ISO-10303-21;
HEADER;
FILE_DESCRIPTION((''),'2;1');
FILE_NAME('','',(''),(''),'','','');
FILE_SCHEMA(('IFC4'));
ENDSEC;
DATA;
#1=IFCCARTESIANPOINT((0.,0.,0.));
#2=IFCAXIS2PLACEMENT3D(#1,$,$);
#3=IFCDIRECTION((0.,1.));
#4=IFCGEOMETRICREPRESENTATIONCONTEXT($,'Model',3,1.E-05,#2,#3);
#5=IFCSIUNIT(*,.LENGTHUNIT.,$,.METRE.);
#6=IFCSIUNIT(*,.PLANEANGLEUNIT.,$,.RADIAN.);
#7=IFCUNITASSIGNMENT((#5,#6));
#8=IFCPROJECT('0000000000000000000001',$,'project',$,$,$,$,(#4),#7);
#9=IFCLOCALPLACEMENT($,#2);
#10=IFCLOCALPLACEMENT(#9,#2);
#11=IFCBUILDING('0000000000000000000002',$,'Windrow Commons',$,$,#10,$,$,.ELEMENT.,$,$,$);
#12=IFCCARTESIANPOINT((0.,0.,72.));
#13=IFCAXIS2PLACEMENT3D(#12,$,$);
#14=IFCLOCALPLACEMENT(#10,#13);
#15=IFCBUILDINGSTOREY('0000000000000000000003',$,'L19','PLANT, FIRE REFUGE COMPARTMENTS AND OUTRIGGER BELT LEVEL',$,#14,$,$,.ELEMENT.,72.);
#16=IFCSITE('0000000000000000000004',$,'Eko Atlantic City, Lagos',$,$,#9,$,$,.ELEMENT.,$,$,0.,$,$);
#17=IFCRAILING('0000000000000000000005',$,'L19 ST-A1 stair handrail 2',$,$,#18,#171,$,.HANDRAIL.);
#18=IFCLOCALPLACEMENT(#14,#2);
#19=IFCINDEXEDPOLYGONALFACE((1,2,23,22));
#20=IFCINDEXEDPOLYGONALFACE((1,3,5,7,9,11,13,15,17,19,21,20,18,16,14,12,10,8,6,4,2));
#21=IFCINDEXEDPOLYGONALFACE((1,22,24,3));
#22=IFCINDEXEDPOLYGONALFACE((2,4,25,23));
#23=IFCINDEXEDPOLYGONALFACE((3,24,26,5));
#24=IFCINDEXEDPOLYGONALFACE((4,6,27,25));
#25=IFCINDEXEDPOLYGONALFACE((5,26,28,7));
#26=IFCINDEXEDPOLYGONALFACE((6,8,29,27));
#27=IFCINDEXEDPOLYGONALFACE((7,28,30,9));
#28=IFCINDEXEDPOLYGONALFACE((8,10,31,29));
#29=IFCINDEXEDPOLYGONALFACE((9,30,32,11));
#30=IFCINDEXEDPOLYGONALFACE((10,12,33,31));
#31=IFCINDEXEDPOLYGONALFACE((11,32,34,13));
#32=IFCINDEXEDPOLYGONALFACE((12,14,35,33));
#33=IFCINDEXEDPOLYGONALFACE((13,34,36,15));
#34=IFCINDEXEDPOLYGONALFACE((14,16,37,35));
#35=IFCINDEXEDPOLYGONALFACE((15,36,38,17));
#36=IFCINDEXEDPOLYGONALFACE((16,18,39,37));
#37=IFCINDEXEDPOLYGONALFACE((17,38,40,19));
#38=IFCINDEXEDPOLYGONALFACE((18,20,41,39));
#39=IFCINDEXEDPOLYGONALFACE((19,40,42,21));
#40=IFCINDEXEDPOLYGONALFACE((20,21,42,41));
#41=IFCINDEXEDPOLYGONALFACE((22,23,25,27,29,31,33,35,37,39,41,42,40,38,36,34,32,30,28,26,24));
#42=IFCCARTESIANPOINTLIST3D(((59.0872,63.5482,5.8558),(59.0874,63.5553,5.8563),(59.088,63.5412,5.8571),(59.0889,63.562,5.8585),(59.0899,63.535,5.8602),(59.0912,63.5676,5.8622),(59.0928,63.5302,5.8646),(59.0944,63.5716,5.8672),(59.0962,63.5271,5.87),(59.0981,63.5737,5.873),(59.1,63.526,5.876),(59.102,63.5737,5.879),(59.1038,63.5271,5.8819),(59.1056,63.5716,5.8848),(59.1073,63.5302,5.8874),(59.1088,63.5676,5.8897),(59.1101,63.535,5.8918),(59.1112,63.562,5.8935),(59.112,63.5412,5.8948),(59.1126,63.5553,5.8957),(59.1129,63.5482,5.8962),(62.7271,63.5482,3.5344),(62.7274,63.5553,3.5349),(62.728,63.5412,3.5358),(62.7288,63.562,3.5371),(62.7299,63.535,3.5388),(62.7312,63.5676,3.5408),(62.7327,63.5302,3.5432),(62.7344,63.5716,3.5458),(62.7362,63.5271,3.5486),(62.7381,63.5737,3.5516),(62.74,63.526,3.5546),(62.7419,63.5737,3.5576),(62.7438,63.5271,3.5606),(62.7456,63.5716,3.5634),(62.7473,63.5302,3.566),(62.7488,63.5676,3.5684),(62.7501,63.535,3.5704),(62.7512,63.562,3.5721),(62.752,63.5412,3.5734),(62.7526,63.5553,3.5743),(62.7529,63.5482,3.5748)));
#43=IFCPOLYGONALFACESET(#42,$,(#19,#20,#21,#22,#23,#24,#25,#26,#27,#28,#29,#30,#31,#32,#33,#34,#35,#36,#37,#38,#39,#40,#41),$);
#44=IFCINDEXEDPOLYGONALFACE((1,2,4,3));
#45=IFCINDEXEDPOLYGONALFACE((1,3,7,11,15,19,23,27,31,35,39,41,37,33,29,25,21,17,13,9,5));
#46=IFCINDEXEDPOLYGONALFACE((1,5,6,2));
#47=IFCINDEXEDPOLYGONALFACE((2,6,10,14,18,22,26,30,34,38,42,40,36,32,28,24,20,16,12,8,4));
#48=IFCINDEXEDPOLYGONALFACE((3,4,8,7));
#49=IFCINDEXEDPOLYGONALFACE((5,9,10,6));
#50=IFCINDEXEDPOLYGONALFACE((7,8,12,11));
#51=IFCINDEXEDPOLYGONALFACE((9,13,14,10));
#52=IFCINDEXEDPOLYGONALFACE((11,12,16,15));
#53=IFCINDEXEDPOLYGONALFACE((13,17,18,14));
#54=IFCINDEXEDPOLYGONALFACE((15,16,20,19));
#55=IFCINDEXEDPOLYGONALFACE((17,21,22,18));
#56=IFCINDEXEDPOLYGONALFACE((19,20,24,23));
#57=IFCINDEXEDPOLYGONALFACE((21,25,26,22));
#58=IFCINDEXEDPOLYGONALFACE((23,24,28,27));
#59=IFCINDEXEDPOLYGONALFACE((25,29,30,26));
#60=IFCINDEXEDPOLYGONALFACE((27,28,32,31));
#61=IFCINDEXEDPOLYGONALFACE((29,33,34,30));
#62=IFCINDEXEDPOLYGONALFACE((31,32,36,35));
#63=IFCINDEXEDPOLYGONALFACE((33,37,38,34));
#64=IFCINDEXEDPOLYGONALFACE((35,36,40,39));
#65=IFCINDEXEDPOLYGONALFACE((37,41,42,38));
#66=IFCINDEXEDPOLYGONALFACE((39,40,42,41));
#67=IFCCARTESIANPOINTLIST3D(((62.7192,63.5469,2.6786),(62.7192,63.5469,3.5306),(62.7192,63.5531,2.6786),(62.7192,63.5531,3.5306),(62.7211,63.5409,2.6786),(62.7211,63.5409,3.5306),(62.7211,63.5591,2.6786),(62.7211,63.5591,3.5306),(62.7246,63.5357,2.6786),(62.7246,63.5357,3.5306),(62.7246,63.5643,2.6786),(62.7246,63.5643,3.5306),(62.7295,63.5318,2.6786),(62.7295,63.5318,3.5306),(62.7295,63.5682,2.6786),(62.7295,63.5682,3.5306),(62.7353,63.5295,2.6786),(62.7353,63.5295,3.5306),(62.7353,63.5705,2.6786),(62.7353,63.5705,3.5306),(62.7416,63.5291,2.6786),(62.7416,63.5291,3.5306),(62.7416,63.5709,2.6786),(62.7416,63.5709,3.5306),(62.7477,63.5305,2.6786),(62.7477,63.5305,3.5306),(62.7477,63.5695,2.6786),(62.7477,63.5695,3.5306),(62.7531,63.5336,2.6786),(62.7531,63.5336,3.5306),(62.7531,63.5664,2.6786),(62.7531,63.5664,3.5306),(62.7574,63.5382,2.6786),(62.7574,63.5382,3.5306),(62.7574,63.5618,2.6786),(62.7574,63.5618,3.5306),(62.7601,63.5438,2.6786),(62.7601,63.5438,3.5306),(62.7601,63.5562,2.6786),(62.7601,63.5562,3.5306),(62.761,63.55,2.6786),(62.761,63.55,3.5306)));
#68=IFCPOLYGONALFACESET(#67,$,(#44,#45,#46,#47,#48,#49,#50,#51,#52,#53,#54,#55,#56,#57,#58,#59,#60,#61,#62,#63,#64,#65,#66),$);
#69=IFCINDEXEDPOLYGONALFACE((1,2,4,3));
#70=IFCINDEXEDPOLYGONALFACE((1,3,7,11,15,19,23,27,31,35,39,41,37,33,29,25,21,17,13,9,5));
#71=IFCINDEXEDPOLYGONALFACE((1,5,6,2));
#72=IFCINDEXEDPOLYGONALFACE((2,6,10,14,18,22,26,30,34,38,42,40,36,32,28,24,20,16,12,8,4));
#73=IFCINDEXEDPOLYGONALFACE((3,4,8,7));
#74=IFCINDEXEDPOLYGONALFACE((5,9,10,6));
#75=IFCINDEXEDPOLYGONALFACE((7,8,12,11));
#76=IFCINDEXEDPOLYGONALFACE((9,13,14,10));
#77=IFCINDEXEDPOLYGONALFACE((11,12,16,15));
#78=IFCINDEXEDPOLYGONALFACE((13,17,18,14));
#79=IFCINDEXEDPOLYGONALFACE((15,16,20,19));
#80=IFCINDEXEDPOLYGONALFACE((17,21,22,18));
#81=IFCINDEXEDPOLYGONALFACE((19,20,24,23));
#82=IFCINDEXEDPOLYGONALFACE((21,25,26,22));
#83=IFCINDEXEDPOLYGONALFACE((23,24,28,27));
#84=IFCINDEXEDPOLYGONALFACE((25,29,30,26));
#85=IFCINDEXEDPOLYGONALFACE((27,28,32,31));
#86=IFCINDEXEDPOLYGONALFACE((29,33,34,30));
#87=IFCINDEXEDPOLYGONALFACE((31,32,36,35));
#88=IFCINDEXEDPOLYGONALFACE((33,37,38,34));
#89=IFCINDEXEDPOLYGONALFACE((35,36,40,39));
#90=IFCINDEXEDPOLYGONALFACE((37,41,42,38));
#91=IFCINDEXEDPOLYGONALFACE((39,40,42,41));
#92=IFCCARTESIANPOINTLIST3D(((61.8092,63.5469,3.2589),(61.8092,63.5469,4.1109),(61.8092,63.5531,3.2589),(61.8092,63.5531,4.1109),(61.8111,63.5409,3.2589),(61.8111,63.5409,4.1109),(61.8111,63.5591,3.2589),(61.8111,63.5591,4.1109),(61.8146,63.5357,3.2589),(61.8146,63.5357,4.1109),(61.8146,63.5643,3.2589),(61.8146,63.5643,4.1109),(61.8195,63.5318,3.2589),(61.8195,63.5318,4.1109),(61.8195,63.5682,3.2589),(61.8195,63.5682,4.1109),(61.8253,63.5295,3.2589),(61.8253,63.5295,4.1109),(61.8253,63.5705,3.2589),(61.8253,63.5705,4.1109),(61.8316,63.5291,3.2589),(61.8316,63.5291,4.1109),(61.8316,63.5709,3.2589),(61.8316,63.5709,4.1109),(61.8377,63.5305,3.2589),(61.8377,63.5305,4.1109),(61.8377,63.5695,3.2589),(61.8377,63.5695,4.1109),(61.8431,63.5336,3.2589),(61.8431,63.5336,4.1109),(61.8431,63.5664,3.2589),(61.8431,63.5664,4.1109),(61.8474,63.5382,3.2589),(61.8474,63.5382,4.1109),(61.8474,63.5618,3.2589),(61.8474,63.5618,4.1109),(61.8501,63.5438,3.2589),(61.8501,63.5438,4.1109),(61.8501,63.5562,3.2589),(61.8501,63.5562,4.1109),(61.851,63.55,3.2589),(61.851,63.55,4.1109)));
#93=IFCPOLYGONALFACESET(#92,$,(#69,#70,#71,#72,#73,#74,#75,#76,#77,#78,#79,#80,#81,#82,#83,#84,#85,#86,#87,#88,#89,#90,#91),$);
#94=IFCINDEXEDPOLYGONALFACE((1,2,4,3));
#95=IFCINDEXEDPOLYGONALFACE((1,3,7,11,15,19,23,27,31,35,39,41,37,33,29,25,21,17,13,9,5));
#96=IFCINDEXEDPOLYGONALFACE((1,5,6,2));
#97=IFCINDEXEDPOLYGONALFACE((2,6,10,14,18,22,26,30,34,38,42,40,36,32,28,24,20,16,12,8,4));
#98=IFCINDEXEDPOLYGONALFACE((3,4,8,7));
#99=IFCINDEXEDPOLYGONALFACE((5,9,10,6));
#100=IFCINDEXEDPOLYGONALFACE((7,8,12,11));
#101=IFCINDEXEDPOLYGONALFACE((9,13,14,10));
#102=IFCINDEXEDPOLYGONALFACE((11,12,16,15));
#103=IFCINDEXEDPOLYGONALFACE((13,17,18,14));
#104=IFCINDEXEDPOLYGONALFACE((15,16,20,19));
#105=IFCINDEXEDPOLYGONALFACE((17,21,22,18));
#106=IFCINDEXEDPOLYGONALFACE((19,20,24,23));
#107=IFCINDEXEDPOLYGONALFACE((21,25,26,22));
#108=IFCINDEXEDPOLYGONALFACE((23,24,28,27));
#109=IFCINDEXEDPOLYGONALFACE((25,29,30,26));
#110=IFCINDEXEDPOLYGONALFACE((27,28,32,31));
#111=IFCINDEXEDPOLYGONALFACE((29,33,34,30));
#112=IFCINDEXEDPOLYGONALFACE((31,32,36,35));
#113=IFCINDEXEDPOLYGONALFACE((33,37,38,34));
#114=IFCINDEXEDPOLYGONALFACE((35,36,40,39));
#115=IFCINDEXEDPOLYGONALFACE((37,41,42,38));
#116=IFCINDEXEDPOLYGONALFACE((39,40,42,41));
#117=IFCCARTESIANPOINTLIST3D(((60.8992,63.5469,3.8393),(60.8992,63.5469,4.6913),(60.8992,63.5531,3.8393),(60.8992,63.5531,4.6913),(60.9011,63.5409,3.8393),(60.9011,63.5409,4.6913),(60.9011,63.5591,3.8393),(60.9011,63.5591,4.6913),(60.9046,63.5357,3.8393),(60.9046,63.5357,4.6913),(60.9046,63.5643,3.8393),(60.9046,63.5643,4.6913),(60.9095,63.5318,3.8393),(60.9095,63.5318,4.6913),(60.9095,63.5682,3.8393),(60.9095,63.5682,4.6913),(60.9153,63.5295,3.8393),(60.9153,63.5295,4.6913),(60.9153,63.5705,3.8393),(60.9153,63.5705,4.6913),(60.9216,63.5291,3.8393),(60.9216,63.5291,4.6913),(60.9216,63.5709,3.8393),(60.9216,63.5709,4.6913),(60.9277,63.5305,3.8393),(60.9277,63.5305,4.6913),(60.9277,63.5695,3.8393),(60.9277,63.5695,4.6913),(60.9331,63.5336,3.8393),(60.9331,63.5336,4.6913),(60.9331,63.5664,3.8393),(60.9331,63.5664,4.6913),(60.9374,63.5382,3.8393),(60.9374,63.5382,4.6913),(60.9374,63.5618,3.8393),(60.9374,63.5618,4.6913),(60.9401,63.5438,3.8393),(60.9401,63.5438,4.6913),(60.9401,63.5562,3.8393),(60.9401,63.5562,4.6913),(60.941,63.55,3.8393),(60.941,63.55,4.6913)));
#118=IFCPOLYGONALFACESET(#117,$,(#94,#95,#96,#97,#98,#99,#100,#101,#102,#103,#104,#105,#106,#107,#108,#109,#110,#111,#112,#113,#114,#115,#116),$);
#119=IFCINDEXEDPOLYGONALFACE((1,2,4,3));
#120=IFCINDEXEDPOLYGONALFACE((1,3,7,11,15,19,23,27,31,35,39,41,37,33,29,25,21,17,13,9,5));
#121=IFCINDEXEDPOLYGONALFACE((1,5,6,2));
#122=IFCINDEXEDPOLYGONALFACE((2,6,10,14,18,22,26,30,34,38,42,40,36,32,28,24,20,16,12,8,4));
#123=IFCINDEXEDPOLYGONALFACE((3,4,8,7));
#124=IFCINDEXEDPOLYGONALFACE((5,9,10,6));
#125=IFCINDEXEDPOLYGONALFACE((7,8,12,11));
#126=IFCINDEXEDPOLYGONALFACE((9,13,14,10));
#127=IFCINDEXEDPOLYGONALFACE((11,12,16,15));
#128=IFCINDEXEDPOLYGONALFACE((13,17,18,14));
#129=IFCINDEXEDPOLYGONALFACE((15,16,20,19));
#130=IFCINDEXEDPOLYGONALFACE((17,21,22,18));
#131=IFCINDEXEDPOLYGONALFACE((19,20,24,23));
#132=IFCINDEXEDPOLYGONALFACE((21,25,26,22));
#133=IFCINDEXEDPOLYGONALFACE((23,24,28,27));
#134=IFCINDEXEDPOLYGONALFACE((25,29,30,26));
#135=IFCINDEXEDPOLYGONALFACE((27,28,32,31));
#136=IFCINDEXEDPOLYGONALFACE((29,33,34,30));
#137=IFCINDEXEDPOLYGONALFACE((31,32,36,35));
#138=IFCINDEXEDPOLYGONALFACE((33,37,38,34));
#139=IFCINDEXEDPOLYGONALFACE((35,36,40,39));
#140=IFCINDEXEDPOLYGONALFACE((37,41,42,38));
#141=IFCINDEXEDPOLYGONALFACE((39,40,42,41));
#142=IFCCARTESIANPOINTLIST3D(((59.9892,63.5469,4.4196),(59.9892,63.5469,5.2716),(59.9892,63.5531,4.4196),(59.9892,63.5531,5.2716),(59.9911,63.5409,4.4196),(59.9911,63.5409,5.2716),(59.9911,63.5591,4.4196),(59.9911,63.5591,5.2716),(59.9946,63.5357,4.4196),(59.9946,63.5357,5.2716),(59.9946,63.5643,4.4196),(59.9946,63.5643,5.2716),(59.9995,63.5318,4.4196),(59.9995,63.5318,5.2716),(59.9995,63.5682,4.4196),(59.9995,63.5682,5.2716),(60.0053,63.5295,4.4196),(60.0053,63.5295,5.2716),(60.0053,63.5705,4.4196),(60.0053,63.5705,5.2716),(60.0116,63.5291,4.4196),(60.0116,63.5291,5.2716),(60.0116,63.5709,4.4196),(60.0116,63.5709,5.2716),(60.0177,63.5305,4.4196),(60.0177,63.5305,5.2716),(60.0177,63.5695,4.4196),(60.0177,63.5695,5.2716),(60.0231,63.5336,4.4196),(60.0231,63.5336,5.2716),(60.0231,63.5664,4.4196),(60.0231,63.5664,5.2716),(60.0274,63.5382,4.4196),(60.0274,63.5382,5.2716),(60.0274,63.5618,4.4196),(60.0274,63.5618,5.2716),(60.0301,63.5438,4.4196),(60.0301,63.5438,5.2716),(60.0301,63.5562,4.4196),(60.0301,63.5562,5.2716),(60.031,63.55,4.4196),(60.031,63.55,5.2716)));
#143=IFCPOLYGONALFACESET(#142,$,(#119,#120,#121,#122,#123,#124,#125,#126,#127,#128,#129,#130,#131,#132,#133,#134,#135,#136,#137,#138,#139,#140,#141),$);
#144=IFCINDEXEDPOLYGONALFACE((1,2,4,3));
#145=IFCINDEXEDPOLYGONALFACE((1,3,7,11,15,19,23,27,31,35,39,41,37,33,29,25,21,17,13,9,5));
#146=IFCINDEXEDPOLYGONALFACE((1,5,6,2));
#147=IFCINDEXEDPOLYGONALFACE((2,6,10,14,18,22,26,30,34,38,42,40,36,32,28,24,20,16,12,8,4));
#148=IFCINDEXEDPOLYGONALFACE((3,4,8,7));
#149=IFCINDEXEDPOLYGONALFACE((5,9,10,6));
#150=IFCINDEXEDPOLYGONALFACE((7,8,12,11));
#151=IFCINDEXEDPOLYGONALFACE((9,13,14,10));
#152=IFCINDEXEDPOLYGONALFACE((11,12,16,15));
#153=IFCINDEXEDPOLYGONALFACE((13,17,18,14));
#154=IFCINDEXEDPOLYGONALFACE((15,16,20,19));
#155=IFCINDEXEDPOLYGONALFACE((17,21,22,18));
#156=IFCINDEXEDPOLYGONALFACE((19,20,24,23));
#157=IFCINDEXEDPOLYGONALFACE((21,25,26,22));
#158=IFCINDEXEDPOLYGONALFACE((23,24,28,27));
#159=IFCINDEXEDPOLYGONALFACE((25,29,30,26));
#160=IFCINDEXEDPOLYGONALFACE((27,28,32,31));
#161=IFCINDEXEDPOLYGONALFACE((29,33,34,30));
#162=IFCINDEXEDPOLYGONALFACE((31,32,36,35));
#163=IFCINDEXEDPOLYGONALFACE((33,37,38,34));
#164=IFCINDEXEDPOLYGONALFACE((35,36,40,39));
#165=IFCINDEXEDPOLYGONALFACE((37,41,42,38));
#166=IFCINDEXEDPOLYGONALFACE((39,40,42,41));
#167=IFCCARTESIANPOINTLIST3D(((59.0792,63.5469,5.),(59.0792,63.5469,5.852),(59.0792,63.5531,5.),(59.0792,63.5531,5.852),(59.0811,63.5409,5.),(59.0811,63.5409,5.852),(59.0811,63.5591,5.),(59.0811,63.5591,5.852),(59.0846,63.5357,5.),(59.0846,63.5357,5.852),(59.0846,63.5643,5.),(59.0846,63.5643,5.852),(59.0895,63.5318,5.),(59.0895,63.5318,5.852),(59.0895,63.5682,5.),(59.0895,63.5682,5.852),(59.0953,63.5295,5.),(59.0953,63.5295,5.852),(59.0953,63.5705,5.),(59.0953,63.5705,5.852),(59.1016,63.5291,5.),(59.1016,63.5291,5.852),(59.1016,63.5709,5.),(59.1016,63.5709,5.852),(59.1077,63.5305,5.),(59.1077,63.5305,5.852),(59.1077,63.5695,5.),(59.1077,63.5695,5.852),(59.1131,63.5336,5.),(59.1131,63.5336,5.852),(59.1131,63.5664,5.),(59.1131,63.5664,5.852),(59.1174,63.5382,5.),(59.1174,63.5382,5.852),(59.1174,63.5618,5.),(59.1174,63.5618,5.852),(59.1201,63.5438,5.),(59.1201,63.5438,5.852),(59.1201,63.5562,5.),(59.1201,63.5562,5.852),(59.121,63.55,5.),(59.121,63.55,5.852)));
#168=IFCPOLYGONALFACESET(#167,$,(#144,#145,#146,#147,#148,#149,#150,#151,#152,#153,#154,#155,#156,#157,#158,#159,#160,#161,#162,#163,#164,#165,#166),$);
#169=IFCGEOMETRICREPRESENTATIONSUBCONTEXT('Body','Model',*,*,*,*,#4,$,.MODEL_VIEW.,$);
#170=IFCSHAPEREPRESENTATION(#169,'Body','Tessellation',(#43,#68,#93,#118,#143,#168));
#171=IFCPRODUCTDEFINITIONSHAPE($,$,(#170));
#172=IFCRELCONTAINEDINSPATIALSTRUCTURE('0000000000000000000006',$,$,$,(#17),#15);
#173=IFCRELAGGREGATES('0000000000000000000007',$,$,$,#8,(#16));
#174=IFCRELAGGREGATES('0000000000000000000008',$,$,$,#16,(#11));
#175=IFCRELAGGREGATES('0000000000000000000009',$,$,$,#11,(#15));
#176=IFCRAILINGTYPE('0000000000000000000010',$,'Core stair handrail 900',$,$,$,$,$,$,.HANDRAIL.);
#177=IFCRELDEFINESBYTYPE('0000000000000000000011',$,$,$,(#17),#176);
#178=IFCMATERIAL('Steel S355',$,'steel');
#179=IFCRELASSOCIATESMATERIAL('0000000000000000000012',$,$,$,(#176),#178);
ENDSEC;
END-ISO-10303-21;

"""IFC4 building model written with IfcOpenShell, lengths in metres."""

from ifc_helpers import new_model, si_unit, direction, frame, origin, origin_2d, place, context, subcontext, project, spatial, circle, extrude, material, type_object, element, save


model = new_model("IFC4")

# Units and contexts
model_context = context("Model", 3, precision=1e-05, world=origin(), true_north=direction((0.0, 1.0)))
body_context = subcontext(model_context, "Body", "Model", "MODEL_VIEW")
ifc_project = project(units=[si_unit("LENGTHUNIT", "METRE"), si_unit("PLANEANGLEUNIT", "RADIAN")], contexts=[model_context])

# Site, building, storey
site_placement = place(None, origin())
site = spatial("IfcSite", under=ifc_project, at=site_placement, Name="Eko Atlantic City, Lagos", CompositionType="ELEMENT", RefElevation=0.0)
building_placement = place(site_placement, origin())
building = spatial("IfcBuilding", under=site, at=building_placement, Name="Windrow Commons", CompositionType="ELEMENT")
storey_placement = place(building_placement, frame((0.0, 0.0, 72.0)))
storey = spatial("IfcBuildingStorey", under=building, at=storey_placement, Name="L19", Description="PLANT, FIRE REFUGE COMPARTMENTS AND OUTRIGGER BELT LEVEL", CompositionType="ELEMENT", Elevation=72.0)

# Railing
ifc_material_1 = material(Name="Steel S355", Category="steel")
railing_type_1 = type_object("IfcRailingType", Name="Core stair handrail 900", PredefinedType="HANDRAIL", material=ifc_material_1)
for number, where, name in (
    (1, (62.74, 63.55, 2.6786), "L19 ST-A1 stair handrail 2"),
):
    element("IfcRailing", number, at=place(storey_placement, frame(where)), inside=storey, type_object=railing_type_1, Name=name, PredefinedType="HANDRAIL", context=body_context, shape_type="SweptSolid", body=[
        extrude(circle(Radius=0.024, at=origin_2d()), frame((0.0, 0.0, 0.876), z_axis=(-0.843133, 0.0, 0.537706), x_axis=(0.0, -1.0, 0.0)), (0.0, 0.0, 1.0), 4.3172),
        extrude(circle(Radius=0.021, at=origin_2d()), origin(), (0.0, 0.0, 1.0), 0.852),
        extrude(circle(Radius=0.021, at=origin_2d()), frame((-0.91, 0.0, 0.5803)), (0.0, 0.0, 1.0), 0.852),
        extrude(circle(Radius=0.021, at=origin_2d()), frame((-1.82, 0.0, 1.1607)), (0.0, 0.0, 1.0), 0.852),
        extrude(circle(Radius=0.021, at=origin_2d()), frame((-2.73, 0.0, 1.741)), (0.0, 0.0, 1.0), 0.852),
        extrude(circle(Radius=0.021, at=origin_2d()), frame((-3.64, 0.0, 2.3214)), (0.0, 0.0, 1.0), 0.852),
    ])

save(model, "model.ifc")
